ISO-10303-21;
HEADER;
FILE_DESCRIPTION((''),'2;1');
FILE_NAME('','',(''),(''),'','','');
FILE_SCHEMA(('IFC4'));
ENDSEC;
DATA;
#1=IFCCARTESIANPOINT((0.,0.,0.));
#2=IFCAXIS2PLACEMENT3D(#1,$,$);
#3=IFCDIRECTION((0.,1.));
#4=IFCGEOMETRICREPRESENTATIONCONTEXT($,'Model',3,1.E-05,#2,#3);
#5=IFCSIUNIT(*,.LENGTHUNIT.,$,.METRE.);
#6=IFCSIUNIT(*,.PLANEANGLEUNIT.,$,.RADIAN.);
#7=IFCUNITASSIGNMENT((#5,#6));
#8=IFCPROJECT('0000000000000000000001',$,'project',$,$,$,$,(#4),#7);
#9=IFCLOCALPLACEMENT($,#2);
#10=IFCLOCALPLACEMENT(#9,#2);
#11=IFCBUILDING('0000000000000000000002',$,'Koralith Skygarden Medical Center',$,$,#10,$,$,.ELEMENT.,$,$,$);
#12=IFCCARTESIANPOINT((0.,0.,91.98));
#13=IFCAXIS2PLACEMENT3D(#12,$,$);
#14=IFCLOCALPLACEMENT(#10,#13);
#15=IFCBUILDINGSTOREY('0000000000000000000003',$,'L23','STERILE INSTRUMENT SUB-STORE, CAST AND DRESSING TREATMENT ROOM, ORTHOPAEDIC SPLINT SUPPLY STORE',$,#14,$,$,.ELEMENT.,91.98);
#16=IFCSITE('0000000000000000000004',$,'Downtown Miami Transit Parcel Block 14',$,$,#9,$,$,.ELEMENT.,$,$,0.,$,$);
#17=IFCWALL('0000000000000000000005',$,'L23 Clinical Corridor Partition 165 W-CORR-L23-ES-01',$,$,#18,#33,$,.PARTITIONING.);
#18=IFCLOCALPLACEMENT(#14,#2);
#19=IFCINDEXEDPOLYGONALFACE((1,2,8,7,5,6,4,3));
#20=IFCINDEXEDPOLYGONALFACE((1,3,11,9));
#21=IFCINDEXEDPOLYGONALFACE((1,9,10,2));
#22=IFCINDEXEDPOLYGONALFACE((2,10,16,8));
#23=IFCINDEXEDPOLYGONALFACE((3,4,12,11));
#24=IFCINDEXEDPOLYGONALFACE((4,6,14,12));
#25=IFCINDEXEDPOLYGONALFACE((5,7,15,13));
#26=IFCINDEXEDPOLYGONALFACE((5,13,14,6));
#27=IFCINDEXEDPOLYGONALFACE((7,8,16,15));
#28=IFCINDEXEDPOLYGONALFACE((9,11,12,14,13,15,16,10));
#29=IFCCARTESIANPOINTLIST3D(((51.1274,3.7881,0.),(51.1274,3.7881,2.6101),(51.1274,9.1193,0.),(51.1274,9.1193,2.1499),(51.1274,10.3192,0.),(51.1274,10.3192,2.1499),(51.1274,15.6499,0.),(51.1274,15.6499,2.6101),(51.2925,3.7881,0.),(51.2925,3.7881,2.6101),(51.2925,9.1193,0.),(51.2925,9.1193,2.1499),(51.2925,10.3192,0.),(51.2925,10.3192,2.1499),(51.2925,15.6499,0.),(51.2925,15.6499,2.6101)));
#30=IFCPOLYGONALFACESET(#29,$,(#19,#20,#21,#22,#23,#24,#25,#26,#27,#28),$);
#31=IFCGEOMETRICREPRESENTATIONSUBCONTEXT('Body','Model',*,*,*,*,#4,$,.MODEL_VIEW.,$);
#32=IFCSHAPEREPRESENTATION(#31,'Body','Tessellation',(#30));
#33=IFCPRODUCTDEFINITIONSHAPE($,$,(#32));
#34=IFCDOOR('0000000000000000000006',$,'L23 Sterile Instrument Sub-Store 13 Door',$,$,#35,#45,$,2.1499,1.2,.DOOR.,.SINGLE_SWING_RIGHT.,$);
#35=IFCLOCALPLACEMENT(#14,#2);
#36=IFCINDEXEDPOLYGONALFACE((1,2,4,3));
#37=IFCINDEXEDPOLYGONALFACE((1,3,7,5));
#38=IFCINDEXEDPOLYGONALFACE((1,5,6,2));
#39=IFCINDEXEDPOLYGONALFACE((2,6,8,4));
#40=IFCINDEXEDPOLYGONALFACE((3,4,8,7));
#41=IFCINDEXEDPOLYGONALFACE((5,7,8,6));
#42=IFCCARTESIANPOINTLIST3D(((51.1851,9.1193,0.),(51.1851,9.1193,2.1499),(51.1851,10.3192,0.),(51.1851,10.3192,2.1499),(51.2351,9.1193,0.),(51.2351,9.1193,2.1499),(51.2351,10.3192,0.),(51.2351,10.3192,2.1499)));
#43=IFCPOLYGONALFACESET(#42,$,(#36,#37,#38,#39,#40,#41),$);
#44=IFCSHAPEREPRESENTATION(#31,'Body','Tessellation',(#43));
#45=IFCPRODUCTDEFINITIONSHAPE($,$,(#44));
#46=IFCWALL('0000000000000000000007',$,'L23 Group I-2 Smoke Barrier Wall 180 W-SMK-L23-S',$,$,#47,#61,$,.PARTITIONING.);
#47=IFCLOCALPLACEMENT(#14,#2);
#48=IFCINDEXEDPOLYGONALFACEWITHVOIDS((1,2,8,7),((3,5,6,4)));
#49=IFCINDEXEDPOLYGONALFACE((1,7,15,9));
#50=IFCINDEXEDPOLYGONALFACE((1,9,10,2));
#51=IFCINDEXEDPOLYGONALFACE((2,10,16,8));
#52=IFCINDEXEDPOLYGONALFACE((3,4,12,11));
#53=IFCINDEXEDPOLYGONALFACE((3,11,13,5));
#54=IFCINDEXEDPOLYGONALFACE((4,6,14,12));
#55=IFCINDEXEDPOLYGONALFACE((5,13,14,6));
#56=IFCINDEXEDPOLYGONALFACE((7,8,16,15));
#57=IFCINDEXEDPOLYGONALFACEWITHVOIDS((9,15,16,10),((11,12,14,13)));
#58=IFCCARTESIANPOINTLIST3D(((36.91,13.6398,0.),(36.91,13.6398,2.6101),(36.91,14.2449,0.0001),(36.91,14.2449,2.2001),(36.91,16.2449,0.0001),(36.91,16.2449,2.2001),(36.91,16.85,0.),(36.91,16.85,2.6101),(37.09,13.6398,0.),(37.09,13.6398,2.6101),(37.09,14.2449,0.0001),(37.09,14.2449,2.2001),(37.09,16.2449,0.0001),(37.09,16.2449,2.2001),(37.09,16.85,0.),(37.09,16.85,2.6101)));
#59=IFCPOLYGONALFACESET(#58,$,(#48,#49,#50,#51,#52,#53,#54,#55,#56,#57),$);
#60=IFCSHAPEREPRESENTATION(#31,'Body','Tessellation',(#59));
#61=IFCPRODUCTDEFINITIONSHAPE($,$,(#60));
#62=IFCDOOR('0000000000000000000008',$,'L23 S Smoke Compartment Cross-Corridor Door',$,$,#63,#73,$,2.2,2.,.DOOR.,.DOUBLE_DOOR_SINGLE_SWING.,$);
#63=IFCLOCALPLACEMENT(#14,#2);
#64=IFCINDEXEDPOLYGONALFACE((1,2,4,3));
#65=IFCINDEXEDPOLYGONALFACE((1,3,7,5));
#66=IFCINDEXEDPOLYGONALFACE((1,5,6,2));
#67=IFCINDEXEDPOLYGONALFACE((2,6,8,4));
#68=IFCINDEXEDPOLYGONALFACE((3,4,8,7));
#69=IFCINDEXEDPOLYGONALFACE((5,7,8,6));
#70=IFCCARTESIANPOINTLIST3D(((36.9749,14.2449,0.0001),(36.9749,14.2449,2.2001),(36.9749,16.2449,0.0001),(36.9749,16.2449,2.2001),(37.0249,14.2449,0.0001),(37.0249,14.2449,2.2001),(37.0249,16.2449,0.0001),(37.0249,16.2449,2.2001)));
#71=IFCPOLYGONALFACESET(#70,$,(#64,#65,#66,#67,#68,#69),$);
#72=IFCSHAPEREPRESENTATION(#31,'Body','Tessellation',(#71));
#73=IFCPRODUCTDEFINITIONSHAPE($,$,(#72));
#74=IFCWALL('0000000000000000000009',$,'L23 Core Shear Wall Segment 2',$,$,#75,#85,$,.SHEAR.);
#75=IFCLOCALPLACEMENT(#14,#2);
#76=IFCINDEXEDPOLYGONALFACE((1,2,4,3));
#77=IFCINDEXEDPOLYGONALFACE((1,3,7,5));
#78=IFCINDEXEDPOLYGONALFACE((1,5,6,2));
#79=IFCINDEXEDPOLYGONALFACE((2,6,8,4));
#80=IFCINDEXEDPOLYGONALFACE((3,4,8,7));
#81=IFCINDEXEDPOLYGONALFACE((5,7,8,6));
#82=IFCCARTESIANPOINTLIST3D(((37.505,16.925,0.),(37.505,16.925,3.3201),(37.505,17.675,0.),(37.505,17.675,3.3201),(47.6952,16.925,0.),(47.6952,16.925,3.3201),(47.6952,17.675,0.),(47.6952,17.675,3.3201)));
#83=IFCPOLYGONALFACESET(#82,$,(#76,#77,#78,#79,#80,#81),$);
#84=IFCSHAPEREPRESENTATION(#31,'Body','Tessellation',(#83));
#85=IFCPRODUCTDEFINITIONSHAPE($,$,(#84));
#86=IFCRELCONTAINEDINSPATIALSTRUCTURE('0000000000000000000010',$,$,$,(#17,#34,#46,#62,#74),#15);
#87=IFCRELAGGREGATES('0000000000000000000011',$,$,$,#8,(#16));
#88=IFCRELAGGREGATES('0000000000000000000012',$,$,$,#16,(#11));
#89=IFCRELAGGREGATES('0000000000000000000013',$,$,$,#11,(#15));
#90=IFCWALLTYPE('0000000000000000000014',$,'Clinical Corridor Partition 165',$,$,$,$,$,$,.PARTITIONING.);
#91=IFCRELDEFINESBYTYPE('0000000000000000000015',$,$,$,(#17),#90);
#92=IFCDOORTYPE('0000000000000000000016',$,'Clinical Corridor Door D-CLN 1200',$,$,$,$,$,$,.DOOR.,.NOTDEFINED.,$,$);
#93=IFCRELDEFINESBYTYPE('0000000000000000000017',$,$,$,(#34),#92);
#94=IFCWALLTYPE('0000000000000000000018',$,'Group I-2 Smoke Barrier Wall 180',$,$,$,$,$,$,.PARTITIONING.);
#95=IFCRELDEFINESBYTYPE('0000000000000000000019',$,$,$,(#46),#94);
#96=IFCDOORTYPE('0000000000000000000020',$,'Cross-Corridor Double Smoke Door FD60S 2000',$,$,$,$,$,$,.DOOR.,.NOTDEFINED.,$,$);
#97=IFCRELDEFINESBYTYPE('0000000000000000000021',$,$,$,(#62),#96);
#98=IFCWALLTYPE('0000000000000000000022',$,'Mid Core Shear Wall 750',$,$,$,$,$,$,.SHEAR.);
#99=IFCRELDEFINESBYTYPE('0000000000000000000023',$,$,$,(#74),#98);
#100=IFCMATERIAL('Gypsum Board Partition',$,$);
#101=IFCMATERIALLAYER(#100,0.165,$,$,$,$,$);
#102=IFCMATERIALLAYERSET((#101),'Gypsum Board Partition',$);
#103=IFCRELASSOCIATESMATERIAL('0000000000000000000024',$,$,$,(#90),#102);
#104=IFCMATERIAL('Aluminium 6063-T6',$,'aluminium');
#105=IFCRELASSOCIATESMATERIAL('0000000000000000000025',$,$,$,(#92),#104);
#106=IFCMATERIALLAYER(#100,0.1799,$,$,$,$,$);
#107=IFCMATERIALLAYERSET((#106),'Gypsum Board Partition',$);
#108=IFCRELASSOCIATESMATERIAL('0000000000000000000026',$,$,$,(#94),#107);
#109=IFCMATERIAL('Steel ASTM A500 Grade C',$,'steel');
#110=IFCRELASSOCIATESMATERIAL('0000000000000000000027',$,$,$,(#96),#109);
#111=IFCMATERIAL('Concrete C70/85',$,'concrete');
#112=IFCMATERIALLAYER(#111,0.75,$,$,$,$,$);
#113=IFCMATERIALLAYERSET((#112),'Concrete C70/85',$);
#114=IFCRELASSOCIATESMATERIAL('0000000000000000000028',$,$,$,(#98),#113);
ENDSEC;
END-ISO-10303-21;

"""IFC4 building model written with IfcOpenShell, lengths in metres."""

from ifc_helpers import new_model, si_unit, direction, frame, frame_2d, origin, place, context, subcontext, project, spatial, rectangle, extrude, material, layer, layer_set, type_object, element, fill, save


model = new_model("IFC4")

# Units and contexts
model_context = context("Model", 3, precision=1e-05, world=origin(), true_north=direction((0.0, 1.0)))
body_context = subcontext(model_context, "Body", "Model", "MODEL_VIEW")
ifc_project = project(units=[si_unit("LENGTHUNIT", "METRE"), si_unit("PLANEANGLEUNIT", "RADIAN")], contexts=[model_context])

# Site, building, storey
site_placement = place(None, origin())
site = spatial("IfcSite", under=ifc_project, at=site_placement, Name="Downtown Miami Transit Parcel Block 14", CompositionType="ELEMENT", RefElevation=0.0)
building_placement = place(site_placement, origin())
building = spatial("IfcBuilding", under=site, at=building_placement, Name="Koralith Skygarden Medical Center", CompositionType="ELEMENT")
storey_placement = place(building_placement, frame((0.0, 0.0, 91.98)))
storey = spatial("IfcBuildingStorey", under=building, at=storey_placement, Name="L23", Description="STERILE INSTRUMENT SUB-STORE, CAST AND DRESSING TREATMENT ROOM, ORTHOPAEDIC SPLINT SUPPLY STORE", CompositionType="ELEMENT", Elevation=91.98)

# Shared definitions
ifc_material_1 = material(Name="Concrete C70/85", Category="concrete")

# Shared definitions
ifc_material_2 = material(Name="Aluminium 6063-T6", Category="aluminium")

# Shared definitions
ifc_material_3 = material(Name="Gypsum Board Partition")
ifc_layer_1 = layer(ifc_material_3, 0.165)
ifc_layer_set_1 = layer_set([ifc_layer_1], Name="Gypsum Board Partition")
wall_type_1 = type_object("IfcWallType", Name="Clinical Corridor Partition 165", PredefinedType="PARTITIONING", material=ifc_layer_set_1)

# Walls, openings, doors
door_type_1 = type_object("IfcDoorType", Name="Clinical Corridor Door D-CLN 1200", OperationType="NOTDEFINED", PredefinedType="DOOR", material=ifc_material_2)
wall_1_placement = place(storey_placement, frame((51.21, 3.7881, 0.0), z_axis=(0.0, 0.0, 1.0), x_axis=(0.0, 1.0, 0.0)))
wall_1 = element("IfcWall", 1, at=wall_1_placement, inside=storey, type_object=wall_type_1, Name="L23 Clinical Corridor Partition 165 W-CORR-L23-ES-01", PredefinedType="PARTITIONING", context=body_context, shape_type="SweptSolid", body=[
    extrude(rectangle(XDim=11.8618, YDim=0.165, at=frame_2d((5.9309, 0.0))), origin(), (0.0, 0.0, 1.0), 2.6101),
])
opening_1_placement = place(wall_1_placement, frame((5.3311, 0.0, 0.0)))
opening_1 = element("IfcOpeningElement", 2, at=opening_1_placement, cuts=wall_1, PredefinedType="OPENING", context=body_context, shape_type="SweptSolid", body=[
    extrude(rectangle(XDim=1.2, YDim=2.1499, at=frame_2d((0.6001, 1.075))), frame((0.0, 0.0925, 0.0), z_axis=(0.0, -1.0, 0.0), x_axis=(1.0, 0.0, 0.0)), (0.0, 0.0, 1.0), 0.1851),
])
door_1_placement = place(opening_1_placement, origin())
door_1 = element("IfcDoor", 3, at=door_1_placement, inside=storey, type_object=door_type_1, Name="L23 Sterile Instrument Sub-Store 13 Door", OperationType="SINGLE_SWING_RIGHT", OverallHeight=2.1499, OverallWidth=1.2, PredefinedType="DOOR", context=body_context, shape_type="SweptSolid", body=[
    extrude(rectangle(XDim=1.2, YDim=2.1499, at=frame_2d((0.6001, 1.075))), frame((0.0, 0.0249, 0.0), z_axis=(0.0, -1.0, 0.0), x_axis=(1.0, 0.0, 0.0)), (0.0, 0.0, 1.0), 0.05),
])
fill(opening_1, door_1)
ifc_layer_2 = layer(ifc_material_3, 0.1799)
ifc_layer_set_2 = layer_set([ifc_layer_2], Name="Gypsum Board Partition")
wall_type_2 = type_object("IfcWallType", Name="Group I-2 Smoke Barrier Wall 180", PredefinedType="PARTITIONING", material=ifc_layer_set_2)
wall_2_placement = place(storey_placement, frame((37.0, 13.6399, 0.0), z_axis=(0.0, 0.0, 1.0), x_axis=(0.0, 1.0, 0.0)))
wall_2 = element("IfcWall", 4, at=wall_2_placement, inside=storey, type_object=wall_type_2, Name="L23 Group I-2 Smoke Barrier Wall 180 W-SMK-L23-S", PredefinedType="PARTITIONING", context=body_context, shape_type="SweptSolid", body=[
    extrude(rectangle(XDim=3.2102, YDim=0.1799, at=frame_2d((1.605, 0.0))), origin(), (0.0, 0.0, 1.0), 2.6101),
])
opening_2_placement = place(wall_2_placement, frame((0.605, 0.0, 0.0)))
opening_2 = element("IfcOpeningElement", 5, at=opening_2_placement, cuts=wall_2, PredefinedType="OPENING", context=body_context, shape_type="SweptSolid", body=[
    extrude(rectangle(XDim=2.0, YDim=2.2, at=frame_2d((1.0, 1.1001))), frame((0.0, 0.0999, 0.0), z_axis=(0.0, -1.0, 0.0), x_axis=(1.0, 0.0, 0.0)), (0.0, 0.0, 1.0), 0.2),
])
ifc_material_4 = material(Name="Steel ASTM A500 Grade C", Category="steel")
door_type_2 = type_object("IfcDoorType", Name="Cross-Corridor Double Smoke Door FD60S 2000", OperationType="NOTDEFINED", PredefinedType="DOOR", material=ifc_material_4)
door_2_placement = place(opening_2_placement, frame((2.0, 0.0, 0.0), z_axis=(0.0, 0.0, 1.0), x_axis=(-1.0, 0.0, 0.0)))
door_2 = element("IfcDoor", 6, at=door_2_placement, inside=storey, type_object=door_type_2, Name="L23 S Smoke Compartment Cross-Corridor Door", OperationType="DOUBLE_DOOR_SINGLE_SWING", OverallHeight=2.2, OverallWidth=2.0, PredefinedType="DOOR", context=body_context, shape_type="SweptSolid", body=[
    extrude(rectangle(XDim=2.0, YDim=2.2, at=frame_2d((1.0, 1.1001))), frame((0.0, 0.0249, 0.0), z_axis=(0.0, -1.0, 0.0), x_axis=(1.0, 0.0, 0.0)), (0.0, 0.0, 1.0), 0.05),
])
fill(opening_2, door_2)

# Wall
ifc_layer_3 = layer(ifc_material_1, 0.75)
ifc_layer_set_3 = layer_set([ifc_layer_3], Name="Concrete C70/85")
wall_type_3 = type_object("IfcWallType", Name="Mid Core Shear Wall 750", PredefinedType="SHEAR", material=ifc_layer_set_3)
wall_3_placement = place(storey_placement, frame((37.5049, 17.3, 0.0), z_axis=(0.0, 0.0, 1.0), x_axis=(1.0, 0.0, 0.0)))
element("IfcWall", 7, at=wall_3_placement, inside=storey, type_object=wall_type_3, Name="L23 Core Shear Wall Segment 2", PredefinedType="SHEAR", context=body_context, shape_type="SweptSolid", body=[
    extrude(rectangle(XDim=10.1902, YDim=0.75, at=frame_2d((5.0952, 0.0))), origin(), (0.0, 0.0, 1.0), 3.3201),
])

save(model, "model.ifc")
